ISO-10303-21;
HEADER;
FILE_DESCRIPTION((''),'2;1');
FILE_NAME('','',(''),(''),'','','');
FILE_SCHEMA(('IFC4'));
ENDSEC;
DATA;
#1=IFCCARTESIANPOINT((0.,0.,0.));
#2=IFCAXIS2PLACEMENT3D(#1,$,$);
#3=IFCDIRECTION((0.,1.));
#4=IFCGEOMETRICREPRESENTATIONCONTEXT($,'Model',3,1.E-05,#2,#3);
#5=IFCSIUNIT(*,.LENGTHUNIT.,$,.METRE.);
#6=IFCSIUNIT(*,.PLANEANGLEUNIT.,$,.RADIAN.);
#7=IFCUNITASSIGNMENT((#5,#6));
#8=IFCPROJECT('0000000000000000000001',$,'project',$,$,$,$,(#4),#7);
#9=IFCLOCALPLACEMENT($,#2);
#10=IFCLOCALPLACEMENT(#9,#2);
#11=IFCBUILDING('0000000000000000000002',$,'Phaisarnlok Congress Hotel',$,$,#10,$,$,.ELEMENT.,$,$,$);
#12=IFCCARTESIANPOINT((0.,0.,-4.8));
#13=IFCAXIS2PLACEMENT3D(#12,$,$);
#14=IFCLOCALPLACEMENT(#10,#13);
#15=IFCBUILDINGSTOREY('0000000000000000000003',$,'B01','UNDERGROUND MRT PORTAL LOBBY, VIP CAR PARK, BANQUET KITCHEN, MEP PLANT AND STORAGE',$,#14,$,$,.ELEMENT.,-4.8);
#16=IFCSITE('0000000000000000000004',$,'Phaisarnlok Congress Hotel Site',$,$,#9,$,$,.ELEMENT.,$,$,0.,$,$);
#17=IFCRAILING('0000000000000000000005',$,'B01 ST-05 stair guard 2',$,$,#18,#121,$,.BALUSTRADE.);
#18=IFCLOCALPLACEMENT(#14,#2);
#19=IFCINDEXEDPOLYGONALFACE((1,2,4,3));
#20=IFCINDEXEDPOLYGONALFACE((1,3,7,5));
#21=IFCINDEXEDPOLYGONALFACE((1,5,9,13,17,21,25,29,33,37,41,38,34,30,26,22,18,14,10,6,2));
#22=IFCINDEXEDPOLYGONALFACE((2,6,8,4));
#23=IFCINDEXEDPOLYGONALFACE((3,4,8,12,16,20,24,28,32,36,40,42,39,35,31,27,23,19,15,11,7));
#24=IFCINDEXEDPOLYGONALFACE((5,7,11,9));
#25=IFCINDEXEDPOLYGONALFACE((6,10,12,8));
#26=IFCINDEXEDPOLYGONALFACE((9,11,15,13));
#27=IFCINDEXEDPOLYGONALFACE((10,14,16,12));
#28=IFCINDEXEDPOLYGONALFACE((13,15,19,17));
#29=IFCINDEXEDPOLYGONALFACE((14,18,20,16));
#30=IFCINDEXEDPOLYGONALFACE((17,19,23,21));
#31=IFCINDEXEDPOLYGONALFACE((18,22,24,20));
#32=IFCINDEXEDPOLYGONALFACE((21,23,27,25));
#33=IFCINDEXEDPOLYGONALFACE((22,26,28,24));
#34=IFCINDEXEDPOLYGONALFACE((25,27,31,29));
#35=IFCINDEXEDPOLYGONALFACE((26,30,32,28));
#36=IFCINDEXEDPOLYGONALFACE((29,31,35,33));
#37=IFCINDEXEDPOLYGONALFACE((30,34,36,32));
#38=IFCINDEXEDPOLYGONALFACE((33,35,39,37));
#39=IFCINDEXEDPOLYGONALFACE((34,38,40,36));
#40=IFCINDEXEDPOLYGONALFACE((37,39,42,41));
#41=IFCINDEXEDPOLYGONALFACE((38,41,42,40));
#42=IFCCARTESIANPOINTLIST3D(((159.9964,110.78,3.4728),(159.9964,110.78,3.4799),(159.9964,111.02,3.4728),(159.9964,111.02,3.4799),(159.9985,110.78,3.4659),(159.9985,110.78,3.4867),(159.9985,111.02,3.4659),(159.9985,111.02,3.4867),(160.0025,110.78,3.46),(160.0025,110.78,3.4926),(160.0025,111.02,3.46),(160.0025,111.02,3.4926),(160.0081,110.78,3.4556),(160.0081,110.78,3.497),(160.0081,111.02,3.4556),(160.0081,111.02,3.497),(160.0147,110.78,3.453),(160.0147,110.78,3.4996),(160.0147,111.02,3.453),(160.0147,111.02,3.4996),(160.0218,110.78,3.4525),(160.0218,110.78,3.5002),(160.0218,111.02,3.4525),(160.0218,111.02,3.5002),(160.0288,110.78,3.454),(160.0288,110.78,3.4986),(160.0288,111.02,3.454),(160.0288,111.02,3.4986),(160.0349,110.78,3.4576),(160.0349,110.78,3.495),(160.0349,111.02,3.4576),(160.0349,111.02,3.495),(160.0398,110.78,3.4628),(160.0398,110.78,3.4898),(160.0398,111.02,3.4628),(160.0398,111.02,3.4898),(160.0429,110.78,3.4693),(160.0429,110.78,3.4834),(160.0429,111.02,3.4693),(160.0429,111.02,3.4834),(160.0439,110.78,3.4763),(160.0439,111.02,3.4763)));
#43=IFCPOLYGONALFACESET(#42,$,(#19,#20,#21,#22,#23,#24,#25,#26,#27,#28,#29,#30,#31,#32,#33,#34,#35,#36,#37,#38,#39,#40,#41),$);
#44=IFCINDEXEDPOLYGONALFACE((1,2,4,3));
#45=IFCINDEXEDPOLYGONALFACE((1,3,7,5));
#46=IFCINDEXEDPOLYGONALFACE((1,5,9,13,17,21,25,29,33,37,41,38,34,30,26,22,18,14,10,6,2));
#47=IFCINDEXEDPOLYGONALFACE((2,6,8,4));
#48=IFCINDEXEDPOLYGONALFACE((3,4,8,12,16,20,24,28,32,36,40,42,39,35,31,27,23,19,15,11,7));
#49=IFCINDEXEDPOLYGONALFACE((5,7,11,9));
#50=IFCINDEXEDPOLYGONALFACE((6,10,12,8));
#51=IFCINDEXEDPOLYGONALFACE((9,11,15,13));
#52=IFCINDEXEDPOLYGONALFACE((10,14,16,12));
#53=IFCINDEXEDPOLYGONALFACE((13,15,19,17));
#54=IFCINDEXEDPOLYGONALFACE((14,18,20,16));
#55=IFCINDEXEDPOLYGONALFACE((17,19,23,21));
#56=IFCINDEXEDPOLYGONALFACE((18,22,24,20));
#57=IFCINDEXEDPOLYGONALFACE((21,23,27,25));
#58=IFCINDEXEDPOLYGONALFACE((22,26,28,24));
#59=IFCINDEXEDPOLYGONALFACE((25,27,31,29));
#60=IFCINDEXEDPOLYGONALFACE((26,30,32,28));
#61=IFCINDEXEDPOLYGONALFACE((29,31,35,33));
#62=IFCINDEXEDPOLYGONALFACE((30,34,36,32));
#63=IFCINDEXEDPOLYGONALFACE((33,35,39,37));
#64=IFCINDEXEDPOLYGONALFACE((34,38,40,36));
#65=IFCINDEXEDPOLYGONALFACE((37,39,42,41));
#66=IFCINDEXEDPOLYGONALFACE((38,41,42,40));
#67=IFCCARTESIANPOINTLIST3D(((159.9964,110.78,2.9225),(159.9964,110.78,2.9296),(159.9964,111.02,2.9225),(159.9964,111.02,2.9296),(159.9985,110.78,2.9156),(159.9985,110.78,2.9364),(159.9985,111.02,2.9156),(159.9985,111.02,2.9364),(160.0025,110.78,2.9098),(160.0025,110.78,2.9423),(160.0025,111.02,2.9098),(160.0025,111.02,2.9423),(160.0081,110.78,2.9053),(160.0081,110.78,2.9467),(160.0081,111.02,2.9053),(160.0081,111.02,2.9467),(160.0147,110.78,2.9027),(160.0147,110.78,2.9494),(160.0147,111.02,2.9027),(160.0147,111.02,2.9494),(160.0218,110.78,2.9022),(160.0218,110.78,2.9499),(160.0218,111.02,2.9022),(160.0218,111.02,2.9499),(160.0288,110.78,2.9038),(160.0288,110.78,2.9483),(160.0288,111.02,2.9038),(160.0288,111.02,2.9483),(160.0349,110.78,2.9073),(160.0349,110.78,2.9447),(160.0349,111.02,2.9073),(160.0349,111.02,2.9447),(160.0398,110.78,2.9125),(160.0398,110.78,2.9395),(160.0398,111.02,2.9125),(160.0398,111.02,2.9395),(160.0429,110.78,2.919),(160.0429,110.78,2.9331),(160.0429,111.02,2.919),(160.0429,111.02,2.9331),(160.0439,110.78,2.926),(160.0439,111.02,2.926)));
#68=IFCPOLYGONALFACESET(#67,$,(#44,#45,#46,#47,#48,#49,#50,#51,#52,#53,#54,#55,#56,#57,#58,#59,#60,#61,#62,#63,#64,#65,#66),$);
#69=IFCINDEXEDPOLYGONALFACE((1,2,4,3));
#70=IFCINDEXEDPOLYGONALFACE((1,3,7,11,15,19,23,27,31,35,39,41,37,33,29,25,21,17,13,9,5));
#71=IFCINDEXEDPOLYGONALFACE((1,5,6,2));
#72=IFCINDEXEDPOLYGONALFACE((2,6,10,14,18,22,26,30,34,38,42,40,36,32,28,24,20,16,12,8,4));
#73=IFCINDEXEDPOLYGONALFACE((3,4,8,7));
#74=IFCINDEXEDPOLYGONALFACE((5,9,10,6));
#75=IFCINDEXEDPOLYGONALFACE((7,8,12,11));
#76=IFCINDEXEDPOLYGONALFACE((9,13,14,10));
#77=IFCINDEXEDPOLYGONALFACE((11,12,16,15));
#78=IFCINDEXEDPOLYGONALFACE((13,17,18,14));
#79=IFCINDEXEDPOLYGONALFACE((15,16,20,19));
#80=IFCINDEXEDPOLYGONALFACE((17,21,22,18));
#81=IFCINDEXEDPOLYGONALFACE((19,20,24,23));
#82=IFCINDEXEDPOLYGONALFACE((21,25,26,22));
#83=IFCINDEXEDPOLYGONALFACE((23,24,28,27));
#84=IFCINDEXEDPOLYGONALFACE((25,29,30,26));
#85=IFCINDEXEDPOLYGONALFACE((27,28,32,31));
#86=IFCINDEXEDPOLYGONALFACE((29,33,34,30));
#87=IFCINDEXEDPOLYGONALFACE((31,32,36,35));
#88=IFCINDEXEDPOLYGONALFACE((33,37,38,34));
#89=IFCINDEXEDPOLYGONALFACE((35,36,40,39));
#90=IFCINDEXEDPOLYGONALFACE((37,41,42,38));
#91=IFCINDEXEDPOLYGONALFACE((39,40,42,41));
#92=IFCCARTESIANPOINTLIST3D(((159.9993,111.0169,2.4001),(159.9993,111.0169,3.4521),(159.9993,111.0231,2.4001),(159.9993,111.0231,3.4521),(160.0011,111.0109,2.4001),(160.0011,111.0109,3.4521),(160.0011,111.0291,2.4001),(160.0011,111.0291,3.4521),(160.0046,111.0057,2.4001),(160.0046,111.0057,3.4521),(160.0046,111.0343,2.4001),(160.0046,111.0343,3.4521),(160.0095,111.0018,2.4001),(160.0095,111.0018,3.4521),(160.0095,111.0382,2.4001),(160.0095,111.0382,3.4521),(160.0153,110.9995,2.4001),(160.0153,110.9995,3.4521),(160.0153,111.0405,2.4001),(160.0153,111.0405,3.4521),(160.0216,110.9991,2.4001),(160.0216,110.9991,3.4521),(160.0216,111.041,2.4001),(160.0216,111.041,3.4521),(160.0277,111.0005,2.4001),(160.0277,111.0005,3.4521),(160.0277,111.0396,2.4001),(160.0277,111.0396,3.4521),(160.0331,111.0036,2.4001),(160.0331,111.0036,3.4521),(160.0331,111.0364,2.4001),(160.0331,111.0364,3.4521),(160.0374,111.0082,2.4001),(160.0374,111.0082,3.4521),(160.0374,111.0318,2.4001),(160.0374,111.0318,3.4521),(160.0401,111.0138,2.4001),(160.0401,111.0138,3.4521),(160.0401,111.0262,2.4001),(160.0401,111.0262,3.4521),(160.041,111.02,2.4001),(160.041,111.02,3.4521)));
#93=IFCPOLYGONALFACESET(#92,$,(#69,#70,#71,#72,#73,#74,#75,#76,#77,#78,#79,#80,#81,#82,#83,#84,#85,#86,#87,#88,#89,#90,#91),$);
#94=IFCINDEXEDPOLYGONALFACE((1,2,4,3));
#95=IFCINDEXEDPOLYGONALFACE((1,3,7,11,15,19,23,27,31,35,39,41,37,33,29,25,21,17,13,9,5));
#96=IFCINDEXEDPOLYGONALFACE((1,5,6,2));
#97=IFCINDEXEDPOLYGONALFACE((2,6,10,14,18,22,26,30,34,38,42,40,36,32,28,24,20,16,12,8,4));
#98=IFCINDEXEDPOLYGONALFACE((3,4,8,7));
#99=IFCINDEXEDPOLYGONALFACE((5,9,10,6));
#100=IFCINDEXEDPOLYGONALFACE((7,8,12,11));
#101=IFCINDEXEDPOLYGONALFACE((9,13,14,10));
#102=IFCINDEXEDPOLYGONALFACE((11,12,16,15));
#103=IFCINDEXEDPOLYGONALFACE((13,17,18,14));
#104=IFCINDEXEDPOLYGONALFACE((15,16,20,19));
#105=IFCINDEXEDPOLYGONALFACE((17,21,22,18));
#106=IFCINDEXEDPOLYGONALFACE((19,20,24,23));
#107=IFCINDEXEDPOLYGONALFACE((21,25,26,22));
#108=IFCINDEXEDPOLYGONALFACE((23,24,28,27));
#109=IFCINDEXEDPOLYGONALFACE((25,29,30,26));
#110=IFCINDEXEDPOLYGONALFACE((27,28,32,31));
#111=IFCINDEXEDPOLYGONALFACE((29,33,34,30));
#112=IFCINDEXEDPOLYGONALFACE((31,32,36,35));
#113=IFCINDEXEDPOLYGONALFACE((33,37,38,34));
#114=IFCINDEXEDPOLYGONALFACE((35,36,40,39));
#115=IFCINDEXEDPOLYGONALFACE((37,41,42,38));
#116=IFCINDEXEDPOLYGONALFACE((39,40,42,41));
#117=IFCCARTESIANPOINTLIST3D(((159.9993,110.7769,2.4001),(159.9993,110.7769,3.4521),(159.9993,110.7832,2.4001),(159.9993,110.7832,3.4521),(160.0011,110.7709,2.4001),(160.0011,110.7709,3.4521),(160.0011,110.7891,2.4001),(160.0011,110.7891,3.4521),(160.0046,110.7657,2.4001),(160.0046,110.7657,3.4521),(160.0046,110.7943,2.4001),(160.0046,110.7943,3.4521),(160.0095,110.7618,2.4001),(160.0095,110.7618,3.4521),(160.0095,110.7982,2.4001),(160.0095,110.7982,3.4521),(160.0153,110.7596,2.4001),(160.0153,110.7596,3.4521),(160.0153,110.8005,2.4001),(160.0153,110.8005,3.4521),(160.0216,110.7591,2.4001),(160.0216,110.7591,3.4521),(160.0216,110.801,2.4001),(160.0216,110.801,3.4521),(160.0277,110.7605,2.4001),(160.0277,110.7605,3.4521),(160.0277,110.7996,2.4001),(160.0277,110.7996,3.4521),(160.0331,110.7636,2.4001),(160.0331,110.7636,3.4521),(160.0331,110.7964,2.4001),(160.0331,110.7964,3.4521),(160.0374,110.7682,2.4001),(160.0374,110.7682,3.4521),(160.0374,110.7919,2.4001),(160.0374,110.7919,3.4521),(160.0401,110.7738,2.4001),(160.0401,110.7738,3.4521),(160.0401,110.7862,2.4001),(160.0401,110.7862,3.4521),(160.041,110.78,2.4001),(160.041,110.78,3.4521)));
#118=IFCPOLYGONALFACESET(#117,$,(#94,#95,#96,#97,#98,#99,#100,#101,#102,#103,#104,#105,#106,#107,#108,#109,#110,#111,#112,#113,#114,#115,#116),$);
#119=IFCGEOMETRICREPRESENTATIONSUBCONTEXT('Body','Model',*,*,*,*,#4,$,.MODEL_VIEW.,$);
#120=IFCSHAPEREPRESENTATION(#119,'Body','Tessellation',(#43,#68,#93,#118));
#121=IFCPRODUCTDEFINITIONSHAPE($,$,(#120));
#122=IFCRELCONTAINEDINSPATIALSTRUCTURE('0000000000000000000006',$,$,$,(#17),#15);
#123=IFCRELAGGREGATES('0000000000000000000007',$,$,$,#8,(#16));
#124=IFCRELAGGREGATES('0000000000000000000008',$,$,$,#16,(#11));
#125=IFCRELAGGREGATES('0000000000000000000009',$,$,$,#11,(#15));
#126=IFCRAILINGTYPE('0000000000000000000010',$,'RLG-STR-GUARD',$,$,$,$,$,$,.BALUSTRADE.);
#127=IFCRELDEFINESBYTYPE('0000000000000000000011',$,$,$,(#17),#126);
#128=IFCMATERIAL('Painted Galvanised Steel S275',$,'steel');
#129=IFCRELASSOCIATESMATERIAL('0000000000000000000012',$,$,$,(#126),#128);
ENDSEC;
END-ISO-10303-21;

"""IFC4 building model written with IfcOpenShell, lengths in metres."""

from ifc_helpers import new_model, si_unit, direction, frame, origin, origin_2d, place, context, subcontext, project, spatial, circle, extrude, material, type_object, element, save


model = new_model("IFC4")

# Units and contexts
model_context = context("Model", 3, precision=1e-05, world=origin(), true_north=direction((0.0, 1.0)))
body_context = subcontext(model_context, "Body", "Model", "MODEL_VIEW")
ifc_project = project(units=[si_unit("LENGTHUNIT", "METRE"), si_unit("PLANEANGLEUNIT", "RADIAN")], contexts=[model_context])

# Site, building, storey
site_placement = place(None, origin())
site = spatial("IfcSite", under=ifc_project, at=site_placement, Name="Phaisarnlok Congress Hotel Site", CompositionType="ELEMENT", RefElevation=0.0)
building_placement = place(site_placement, origin())
building = spatial("IfcBuilding", under=site, at=building_placement, Name="Phaisarnlok Congress Hotel", CompositionType="ELEMENT")
storey_placement = place(building_placement, frame((0.0, 0.0, -4.8)))
storey = spatial("IfcBuildingStorey", under=building, at=storey_placement, Name="B01", Description="UNDERGROUND MRT PORTAL LOBBY, VIP CAR PARK, BANQUET KITCHEN, MEP PLANT AND STORAGE", CompositionType="ELEMENT", Elevation=-4.8)

# Railing
ifc_material_1 = material(Name="Painted Galvanised Steel S275", Category="steel")
railing_type_1 = type_object("IfcRailingType", Name="RLG-STR-GUARD", PredefinedType="BALUSTRADE", material=ifc_material_1)
railing_1_placement = place(storey_placement, frame((160.02, 111.02, 2.4001)))
element("IfcRailing", 1, at=railing_1_placement, inside=storey, type_object=railing_type_1, Name="B01 ST-05 stair guard 2", PredefinedType="BALUSTRADE", context=body_context, shape_type="SweptSolid", body=[
    extrude(circle(Radius=0.0239, at=origin_2d()), frame((0.0, 0.0, 1.0762), z_axis=(0.0, -1.0, 0.0), x_axis=(1.0, 0.0, 0.0)), (0.0, 0.0, 1.0), 0.24),
    extrude(circle(Radius=0.0239, at=origin_2d()), frame((0.0, 0.0, 0.5259), z_axis=(0.0, -1.0, 0.0), x_axis=(1.0, 0.0, 0.0)), (0.0, 0.0, 1.0), 0.24),
    extrude(circle(Radius=0.021, at=origin_2d()), origin(), (0.0, 0.0, 1.0), 1.052),
    extrude(circle(Radius=0.021, at=origin_2d()), frame((0.0, -0.24, 0.0)), (0.0, 0.0, 1.0), 1.052),
])

save(model, "model.ifc")
